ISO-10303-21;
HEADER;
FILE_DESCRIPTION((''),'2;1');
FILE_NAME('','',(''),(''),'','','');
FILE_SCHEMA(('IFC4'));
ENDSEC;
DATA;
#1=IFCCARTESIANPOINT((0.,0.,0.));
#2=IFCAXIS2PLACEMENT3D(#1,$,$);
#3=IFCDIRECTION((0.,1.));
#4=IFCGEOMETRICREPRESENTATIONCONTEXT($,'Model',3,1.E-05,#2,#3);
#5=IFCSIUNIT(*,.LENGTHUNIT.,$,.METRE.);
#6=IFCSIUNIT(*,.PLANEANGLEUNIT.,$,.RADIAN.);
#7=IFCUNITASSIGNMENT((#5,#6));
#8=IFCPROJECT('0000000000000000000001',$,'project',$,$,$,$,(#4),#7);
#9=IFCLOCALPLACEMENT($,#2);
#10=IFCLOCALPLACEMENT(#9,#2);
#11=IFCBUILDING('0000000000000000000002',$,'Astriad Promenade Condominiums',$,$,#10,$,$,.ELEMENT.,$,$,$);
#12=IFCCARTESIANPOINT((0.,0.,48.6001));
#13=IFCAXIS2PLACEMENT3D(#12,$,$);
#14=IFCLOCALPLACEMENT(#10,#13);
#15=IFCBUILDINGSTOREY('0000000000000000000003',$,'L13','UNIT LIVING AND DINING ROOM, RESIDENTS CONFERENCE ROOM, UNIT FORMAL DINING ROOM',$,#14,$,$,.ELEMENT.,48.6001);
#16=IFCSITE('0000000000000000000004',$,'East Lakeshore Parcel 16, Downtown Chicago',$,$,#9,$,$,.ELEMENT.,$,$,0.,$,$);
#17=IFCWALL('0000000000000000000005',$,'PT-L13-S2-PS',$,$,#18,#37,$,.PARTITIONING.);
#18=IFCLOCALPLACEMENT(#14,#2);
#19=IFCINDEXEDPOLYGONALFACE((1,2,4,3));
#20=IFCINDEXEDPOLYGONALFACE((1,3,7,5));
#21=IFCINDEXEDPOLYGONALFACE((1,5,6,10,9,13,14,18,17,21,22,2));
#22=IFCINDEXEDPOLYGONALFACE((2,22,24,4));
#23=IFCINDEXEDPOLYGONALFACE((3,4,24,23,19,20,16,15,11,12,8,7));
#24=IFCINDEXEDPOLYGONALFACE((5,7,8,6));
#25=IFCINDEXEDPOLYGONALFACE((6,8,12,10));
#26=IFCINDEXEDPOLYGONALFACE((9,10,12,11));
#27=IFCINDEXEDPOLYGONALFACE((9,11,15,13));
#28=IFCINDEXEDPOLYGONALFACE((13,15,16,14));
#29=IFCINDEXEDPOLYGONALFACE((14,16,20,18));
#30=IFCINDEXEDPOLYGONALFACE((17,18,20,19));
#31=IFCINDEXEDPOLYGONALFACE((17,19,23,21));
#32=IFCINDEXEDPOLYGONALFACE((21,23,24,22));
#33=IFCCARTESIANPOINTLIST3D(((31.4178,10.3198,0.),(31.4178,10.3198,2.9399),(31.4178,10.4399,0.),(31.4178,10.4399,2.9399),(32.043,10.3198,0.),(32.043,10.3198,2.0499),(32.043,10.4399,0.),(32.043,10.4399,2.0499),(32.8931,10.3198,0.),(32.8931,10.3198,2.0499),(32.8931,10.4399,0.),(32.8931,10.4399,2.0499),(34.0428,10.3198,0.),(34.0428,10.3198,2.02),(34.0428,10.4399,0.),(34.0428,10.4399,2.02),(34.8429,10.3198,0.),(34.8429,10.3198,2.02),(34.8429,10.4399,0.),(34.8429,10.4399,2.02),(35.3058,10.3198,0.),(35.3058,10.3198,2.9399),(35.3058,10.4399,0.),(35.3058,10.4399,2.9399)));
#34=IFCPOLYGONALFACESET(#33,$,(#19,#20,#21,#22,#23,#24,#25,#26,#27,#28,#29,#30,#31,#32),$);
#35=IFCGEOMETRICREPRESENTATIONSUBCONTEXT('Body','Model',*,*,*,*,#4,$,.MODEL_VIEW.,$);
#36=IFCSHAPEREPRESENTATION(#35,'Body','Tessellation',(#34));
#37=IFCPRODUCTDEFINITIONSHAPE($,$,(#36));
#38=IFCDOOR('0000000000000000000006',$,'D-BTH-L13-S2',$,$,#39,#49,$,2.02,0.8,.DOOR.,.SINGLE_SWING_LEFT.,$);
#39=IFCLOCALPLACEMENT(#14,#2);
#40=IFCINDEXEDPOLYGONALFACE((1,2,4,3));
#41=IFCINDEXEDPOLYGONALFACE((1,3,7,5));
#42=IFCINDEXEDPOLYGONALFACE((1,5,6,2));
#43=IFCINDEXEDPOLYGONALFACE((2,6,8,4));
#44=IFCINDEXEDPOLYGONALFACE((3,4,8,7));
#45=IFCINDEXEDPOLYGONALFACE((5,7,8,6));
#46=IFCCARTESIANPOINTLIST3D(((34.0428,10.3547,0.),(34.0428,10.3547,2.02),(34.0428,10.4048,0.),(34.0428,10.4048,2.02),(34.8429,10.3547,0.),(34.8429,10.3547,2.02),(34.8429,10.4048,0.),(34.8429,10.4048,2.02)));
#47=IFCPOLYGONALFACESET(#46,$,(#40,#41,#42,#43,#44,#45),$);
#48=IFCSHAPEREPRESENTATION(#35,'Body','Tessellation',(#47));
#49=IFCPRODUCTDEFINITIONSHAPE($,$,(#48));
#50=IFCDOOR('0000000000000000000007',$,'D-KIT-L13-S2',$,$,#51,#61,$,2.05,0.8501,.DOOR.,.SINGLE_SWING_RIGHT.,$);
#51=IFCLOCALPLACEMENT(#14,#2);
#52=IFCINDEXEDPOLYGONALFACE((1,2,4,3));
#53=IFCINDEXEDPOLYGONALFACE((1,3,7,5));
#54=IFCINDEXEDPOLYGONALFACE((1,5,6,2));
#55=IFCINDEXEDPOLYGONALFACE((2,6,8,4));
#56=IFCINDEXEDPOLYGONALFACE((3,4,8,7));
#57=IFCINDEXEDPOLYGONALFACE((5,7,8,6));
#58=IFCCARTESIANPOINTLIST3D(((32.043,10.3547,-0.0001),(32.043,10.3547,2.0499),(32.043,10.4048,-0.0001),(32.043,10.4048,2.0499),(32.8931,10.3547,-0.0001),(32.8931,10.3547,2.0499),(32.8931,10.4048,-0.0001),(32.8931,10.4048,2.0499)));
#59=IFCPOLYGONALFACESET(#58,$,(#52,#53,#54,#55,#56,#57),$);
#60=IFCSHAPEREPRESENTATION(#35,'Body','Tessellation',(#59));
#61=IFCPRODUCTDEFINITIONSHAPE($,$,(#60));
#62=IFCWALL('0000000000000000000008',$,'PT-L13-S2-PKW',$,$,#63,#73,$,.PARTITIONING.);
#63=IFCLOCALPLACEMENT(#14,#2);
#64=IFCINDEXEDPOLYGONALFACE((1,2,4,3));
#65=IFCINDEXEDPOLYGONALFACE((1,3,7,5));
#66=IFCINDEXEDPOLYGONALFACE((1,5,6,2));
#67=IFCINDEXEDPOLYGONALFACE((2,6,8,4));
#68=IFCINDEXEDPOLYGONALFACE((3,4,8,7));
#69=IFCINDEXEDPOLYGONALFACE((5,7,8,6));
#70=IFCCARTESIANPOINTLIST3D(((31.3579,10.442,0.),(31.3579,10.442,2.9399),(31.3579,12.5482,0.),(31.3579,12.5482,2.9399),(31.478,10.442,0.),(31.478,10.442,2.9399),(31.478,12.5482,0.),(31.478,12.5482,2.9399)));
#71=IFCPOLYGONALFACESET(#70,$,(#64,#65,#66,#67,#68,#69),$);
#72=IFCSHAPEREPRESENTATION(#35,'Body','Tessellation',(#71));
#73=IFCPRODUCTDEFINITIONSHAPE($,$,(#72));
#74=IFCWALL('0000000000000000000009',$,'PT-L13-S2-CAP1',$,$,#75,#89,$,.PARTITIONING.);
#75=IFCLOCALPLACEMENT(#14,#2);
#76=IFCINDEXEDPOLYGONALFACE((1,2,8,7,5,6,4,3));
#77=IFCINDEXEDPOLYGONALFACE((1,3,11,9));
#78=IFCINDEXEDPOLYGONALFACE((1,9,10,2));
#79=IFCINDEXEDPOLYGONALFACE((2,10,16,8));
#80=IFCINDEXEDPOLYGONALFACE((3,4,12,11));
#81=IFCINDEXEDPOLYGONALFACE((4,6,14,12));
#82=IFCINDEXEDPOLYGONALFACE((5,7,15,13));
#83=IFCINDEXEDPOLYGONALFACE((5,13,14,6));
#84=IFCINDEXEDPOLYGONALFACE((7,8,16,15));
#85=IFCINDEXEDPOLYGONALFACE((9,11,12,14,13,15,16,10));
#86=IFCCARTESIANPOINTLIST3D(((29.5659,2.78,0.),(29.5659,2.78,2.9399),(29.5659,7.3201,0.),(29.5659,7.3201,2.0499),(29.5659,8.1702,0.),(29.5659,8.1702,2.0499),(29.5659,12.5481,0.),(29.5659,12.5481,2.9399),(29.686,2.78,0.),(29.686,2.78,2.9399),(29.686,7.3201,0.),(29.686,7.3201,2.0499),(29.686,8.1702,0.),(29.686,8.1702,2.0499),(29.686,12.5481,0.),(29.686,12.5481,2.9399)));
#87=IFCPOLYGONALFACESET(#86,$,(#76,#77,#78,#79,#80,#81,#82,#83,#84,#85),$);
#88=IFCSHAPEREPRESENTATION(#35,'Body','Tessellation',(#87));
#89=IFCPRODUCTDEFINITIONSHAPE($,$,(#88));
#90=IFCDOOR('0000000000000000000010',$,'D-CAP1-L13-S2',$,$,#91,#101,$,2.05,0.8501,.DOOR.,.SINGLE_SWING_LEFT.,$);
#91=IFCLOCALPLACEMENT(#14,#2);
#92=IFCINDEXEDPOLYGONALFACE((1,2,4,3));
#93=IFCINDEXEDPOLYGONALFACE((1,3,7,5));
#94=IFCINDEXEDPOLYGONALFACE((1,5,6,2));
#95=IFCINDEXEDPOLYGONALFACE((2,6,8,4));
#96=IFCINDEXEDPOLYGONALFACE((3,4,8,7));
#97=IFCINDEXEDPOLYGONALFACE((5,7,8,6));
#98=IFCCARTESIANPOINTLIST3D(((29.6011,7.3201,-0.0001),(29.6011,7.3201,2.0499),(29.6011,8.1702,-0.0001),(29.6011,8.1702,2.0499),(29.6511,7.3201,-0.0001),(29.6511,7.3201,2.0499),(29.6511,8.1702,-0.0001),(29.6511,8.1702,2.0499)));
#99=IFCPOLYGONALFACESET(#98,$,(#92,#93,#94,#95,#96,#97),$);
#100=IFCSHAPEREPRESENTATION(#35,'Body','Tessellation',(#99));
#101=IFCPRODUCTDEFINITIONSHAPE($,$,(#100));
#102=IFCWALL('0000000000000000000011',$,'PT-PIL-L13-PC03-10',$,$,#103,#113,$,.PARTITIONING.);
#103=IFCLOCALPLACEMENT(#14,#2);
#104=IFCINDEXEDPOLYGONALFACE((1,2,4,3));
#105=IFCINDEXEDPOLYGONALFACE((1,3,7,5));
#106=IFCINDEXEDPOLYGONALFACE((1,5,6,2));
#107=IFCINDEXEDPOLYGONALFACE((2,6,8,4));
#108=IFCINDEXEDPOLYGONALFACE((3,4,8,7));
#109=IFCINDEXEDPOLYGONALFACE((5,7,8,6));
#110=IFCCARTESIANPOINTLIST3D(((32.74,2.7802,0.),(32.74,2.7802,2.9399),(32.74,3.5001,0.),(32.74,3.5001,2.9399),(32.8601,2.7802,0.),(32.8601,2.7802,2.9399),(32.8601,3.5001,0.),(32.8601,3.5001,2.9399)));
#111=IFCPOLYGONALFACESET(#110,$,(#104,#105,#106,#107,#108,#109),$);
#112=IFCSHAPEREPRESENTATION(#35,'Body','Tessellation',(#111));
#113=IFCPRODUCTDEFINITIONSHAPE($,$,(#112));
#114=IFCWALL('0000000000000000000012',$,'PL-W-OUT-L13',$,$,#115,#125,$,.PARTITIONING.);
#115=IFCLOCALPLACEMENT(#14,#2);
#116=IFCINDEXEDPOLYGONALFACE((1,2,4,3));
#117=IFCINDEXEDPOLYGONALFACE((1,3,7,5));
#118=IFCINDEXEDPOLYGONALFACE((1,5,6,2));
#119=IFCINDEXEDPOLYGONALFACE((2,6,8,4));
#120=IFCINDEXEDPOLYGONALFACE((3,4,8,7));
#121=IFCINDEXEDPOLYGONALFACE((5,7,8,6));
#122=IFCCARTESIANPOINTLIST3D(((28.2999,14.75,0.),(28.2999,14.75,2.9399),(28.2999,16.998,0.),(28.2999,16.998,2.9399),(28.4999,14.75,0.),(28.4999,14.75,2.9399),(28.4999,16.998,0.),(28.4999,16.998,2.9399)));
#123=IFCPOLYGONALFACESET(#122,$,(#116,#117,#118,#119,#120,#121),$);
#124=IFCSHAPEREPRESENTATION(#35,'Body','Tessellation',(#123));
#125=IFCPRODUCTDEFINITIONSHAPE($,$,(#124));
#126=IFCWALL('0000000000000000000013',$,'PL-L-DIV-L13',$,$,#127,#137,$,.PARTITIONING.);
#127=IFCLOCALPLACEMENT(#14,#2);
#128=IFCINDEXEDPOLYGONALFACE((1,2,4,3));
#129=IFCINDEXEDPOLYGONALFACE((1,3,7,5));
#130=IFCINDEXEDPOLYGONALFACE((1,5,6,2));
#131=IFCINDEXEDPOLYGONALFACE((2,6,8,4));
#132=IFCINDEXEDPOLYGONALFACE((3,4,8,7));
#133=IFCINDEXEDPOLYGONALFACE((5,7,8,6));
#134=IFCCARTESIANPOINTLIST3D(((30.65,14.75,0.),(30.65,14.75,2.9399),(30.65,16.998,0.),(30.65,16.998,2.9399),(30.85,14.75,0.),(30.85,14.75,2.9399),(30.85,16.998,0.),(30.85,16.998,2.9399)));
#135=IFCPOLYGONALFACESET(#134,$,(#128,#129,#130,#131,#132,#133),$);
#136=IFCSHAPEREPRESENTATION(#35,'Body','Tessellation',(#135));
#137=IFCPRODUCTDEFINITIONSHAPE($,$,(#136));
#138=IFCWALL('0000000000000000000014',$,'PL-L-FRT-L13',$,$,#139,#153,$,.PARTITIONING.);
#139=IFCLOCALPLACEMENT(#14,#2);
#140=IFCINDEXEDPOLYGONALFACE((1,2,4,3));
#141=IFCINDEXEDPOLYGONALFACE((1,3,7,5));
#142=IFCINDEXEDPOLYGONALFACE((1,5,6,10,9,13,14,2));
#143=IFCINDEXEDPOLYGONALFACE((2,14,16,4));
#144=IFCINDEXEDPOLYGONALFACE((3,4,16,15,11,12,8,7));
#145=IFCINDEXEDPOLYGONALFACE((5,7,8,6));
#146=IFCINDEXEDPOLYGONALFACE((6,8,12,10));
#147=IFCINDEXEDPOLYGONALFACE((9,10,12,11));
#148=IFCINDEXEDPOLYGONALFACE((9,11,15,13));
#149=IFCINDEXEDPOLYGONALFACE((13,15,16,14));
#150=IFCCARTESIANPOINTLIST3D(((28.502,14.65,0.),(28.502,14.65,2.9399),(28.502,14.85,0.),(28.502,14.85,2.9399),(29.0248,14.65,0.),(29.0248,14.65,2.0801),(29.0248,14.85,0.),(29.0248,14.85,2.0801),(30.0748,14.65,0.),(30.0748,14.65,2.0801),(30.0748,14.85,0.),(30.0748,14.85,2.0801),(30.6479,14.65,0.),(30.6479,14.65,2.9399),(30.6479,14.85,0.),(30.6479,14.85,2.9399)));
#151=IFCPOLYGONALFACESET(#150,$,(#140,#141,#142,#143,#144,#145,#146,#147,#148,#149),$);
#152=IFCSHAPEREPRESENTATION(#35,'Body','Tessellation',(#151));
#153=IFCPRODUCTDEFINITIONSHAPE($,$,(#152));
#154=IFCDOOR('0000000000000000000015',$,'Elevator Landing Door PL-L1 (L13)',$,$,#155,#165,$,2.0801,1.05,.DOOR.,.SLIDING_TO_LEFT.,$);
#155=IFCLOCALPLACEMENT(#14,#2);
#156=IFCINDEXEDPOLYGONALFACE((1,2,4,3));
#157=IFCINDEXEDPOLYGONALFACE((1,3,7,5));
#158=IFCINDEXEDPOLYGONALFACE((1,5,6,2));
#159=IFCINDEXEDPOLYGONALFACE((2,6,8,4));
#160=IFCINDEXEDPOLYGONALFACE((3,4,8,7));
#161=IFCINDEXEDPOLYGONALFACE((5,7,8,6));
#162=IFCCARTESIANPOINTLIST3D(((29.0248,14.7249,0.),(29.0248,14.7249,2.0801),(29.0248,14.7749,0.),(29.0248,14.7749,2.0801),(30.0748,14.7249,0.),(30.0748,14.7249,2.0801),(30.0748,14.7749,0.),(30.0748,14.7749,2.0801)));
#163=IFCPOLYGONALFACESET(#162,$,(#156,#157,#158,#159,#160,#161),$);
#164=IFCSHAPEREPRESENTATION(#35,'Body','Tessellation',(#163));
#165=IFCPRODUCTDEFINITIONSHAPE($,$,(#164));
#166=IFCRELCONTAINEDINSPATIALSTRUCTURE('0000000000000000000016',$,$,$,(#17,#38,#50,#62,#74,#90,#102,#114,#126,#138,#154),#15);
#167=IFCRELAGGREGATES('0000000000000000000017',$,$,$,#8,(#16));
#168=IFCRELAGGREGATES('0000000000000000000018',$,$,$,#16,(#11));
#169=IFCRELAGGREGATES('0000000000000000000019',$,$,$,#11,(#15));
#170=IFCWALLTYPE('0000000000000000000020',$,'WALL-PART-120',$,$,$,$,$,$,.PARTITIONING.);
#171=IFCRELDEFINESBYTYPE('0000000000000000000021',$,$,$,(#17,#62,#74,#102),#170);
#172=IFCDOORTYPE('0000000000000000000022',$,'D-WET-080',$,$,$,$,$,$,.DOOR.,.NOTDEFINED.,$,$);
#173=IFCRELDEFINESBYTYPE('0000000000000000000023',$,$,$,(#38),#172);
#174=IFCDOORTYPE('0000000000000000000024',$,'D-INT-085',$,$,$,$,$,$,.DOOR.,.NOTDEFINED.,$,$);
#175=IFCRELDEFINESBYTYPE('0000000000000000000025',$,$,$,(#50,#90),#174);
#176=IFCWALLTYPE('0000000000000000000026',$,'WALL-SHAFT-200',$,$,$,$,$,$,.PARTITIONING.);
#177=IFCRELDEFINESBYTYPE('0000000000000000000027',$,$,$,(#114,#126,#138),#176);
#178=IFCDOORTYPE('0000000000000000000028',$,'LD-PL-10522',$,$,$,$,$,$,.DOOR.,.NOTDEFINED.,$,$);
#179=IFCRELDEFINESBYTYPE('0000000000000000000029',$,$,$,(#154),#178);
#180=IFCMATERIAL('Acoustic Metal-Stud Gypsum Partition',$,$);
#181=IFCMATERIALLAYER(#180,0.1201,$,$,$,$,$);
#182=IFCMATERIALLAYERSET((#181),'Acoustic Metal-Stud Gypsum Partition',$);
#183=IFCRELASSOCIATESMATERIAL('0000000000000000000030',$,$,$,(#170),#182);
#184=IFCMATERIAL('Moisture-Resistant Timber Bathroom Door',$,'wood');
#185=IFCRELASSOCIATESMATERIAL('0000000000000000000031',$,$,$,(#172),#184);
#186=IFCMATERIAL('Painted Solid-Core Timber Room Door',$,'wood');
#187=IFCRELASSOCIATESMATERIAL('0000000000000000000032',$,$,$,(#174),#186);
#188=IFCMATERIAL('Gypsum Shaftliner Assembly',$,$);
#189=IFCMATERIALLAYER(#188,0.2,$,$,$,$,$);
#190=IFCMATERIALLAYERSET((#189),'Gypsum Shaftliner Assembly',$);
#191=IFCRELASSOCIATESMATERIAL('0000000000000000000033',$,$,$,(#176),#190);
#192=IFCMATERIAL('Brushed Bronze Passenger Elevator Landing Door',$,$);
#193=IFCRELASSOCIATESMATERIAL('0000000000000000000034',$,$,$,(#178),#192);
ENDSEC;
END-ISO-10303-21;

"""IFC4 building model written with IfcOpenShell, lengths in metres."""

from ifc_helpers import new_model, si_unit, direction, frame, frame_2d, origin, place, context, subcontext, project, spatial, rectangle, extrude, source, transform, mapped, material, layer, layer_set, type_object, type_shapes, element, fill, save


model = new_model("IFC4")

# Units and contexts
model_context = context("Model", 3, precision=1e-05, world=origin(), true_north=direction((0.0, 1.0)))
body_context = subcontext(model_context, "Body", "Model", "MODEL_VIEW")
ifc_project = project(units=[si_unit("LENGTHUNIT", "METRE"), si_unit("PLANEANGLEUNIT", "RADIAN")], contexts=[model_context])

# Site, building, storey
site_placement = place(None, origin())
site = spatial("IfcSite", under=ifc_project, at=site_placement, Name="East Lakeshore Parcel 16, Downtown Chicago", CompositionType="ELEMENT", RefElevation=0.0)
building_placement = place(site_placement, origin())
building = spatial("IfcBuilding", under=site, at=building_placement, Name="Astriad Promenade Condominiums", CompositionType="ELEMENT")
storey_placement = place(building_placement, frame((0.0, 0.0, 48.6001)))
storey = spatial("IfcBuildingStorey", under=building, at=storey_placement, Name="L13", Description="UNIT LIVING AND DINING ROOM, RESIDENTS CONFERENCE ROOM, UNIT FORMAL DINING ROOM", CompositionType="ELEMENT", Elevation=48.6001)

# Wall, openings, doors
ifc_material_1 = material(Name="Acoustic Metal-Stud Gypsum Partition")
ifc_layer_1 = layer(ifc_material_1, 0.1201)
ifc_layer_set_1 = layer_set([ifc_layer_1], Name="Acoustic Metal-Stud Gypsum Partition")
wall_type_1 = type_object("IfcWallType", Name="WALL-PART-120", PredefinedType="PARTITIONING", material=ifc_layer_set_1)
wall_1_placement = place(storey_placement, frame((31.418, 10.3799, 0.0), z_axis=(0.0, 0.0, 1.0), x_axis=(1.0, 0.0, 0.0)))
wall_1 = element("IfcWall", 1, at=wall_1_placement, inside=storey, type_object=wall_type_1, Name="PT-L13-S2-PS", PredefinedType="PARTITIONING", context=body_context, shape_type="SweptSolid", body=[
    extrude(rectangle(XDim=3.8879, YDim=0.1201, at=frame_2d((1.9438, 0.0))), origin(), (0.0, 0.0, 1.0), 2.9399),
])
opening_1_placement = place(wall_1_placement, frame((0.625, 0.0, 0.0)))
opening_1 = element("IfcOpeningElement", 2, at=opening_1_placement, cuts=wall_1, PredefinedType="OPENING", context=body_context, shape_type="SweptSolid", body=[
    extrude(rectangle(XDim=0.8501, YDim=2.05, at=frame_2d((0.425, 1.0249))), frame((0.0, 0.0701, 0.0), z_axis=(0.0, -1.0, 0.0), x_axis=(1.0, 0.0, 0.0)), (0.0, 0.0, 1.0), 0.1401),
])
opening_2_placement = place(wall_1_placement, frame((2.625, 0.0, 0.0)))
opening_2 = element("IfcOpeningElement", 3, at=opening_2_placement, cuts=wall_1, PredefinedType="OPENING", context=body_context, shape_type="SweptSolid", body=[
    extrude(rectangle(XDim=0.8, YDim=2.02, at=frame_2d((0.3999, 1.01))), frame((0.0, 0.0701, 0.0), z_axis=(0.0, -1.0, 0.0), x_axis=(1.0, 0.0, 0.0)), (0.0, 0.0, 1.0), 0.1401),
])
ifc_material_2 = material(Name="Moisture-Resistant Timber Bathroom Door", Category="wood")
door_type_1 = type_object("IfcDoorType", Name="D-WET-080", OperationType="NOTDEFINED", PredefinedType="DOOR", material=ifc_material_2)
shared_shape_1 = source(origin(), body_context, "Body", "SweptSolid", [
    extrude(rectangle(XDim=0.8, YDim=2.02, at=frame_2d((0.3999, 1.01))), frame((0.0, 0.0249, 0.0), z_axis=(0.0, -1.0, 0.0), x_axis=(1.0, 0.0, 0.0)), (0.0, 0.0, 1.0), 0.05),
])
type_shapes(door_type_1, [shared_shape_1])
door_1_placement = place(opening_2_placement, origin())
door_1 = element("IfcDoor", 4, at=door_1_placement, inside=storey, type_object=door_type_1, Name="D-BTH-L13-S2", OperationType="SINGLE_SWING_LEFT", OverallHeight=2.02, OverallWidth=0.8, PredefinedType="DOOR", context=body_context, shape_type="MappedRepresentation", body=[
    mapped(shared_shape_1, transform((0.0, 0.0, 0.0), scale=1.0)),
])
fill(opening_2, door_1)
ifc_material_3 = material(Name="Painted Solid-Core Timber Room Door", Category="wood")
door_type_2 = type_object("IfcDoorType", Name="D-INT-085", OperationType="NOTDEFINED", PredefinedType="DOOR", material=ifc_material_3)
shared_shape_2 = source(origin(), body_context, "Body", "SweptSolid", [
    extrude(rectangle(XDim=0.8501, YDim=2.05, at=frame_2d((0.425, 1.0249))), frame((0.0, 0.0249, 0.0), z_axis=(0.0, -1.0, 0.0), x_axis=(1.0, 0.0, 0.0)), (0.0, 0.0, 1.0), 0.05),
])
type_shapes(door_type_2, [shared_shape_2])
door_2_placement = place(opening_1_placement, origin())
door_2 = element("IfcDoor", 5, at=door_2_placement, inside=storey, type_object=door_type_2, Name="D-KIT-L13-S2", OperationType="SINGLE_SWING_RIGHT", OverallHeight=2.05, OverallWidth=0.8501, PredefinedType="DOOR", context=body_context, shape_type="MappedRepresentation", body=[
    mapped(shared_shape_2, transform((0.0, 0.0, 0.0), scale=1.0)),
])
fill(opening_1, door_2)

# Wall
wall_2_placement = place(storey_placement, frame((31.418, 10.4419, 0.0), z_axis=(0.0, 0.0, 1.0), x_axis=(0.0, 1.0, 0.0)))
element("IfcWall", 6, at=wall_2_placement, inside=storey, type_object=wall_type_1, Name="PT-L13-S2-PKW", PredefinedType="PARTITIONING", context=body_context, shape_type="SweptSolid", body=[
    extrude(rectangle(XDim=2.1062, YDim=0.1201, at=frame_2d((1.0532, 0.0))), origin(), (0.0, 0.0, 1.0), 2.9399),
])

# Wall, opening, door
wall_3_placement = place(storey_placement, frame((29.626, 2.78, 0.0), z_axis=(0.0, 0.0, 1.0), x_axis=(0.0, 1.0, 0.0)))
wall_3 = element("IfcWall", 7, at=wall_3_placement, inside=storey, type_object=wall_type_1, Name="PT-L13-S2-CAP1", PredefinedType="PARTITIONING", context=body_context, shape_type="SweptSolid", body=[
    extrude(rectangle(XDim=9.7681, YDim=0.1201, at=frame_2d((4.884, 0.0))), origin(), (0.0, 0.0, 1.0), 2.9399),
])
opening_3_placement = place(wall_3_placement, frame((4.54, 0.0, 0.0)))
opening_3 = element("IfcOpeningElement", 8, at=opening_3_placement, cuts=wall_3, PredefinedType="OPENING", context=body_context, shape_type="SweptSolid", body=[
    extrude(rectangle(XDim=0.8501, YDim=2.05, at=frame_2d((0.425, 1.0249))), frame((0.0, 0.0701, 0.0), z_axis=(0.0, -1.0, 0.0), x_axis=(1.0, 0.0, 0.0)), (0.0, 0.0, 1.0), 0.1401),
])
door_3_placement = place(opening_3_placement, origin())
door_3 = element("IfcDoor", 9, at=door_3_placement, inside=storey, type_object=door_type_2, Name="D-CAP1-L13-S2", OperationType="SINGLE_SWING_LEFT", OverallHeight=2.05, OverallWidth=0.8501, PredefinedType="DOOR", context=body_context, shape_type="MappedRepresentation", body=[
    mapped(shared_shape_2, transform((0.0, 0.0, 0.0), scale=1.0)),
])
fill(opening_3, door_3)

# Walls
wall_4_placement = place(storey_placement, frame((32.8, 3.5, 0.0), z_axis=(0.0, 0.0, 1.0), x_axis=(0.0, -1.0, 0.0)))
element("IfcWall", 10, at=wall_4_placement, inside=storey, type_object=wall_type_1, Name="PT-PIL-L13-PC03-10", PredefinedType="PARTITIONING", context=body_context, shape_type="SweptSolid", body=[
    extrude(rectangle(XDim=0.72, YDim=0.1201, at=frame_2d((0.3599, 0.0))), origin(), (0.0, 0.0, 1.0), 2.9399),
])
ifc_material_4 = material(Name="Gypsum Shaftliner Assembly")
ifc_layer_2 = layer(ifc_material_4, 0.2)
ifc_layer_set_2 = layer_set([ifc_layer_2], Name="Gypsum Shaftliner Assembly")
wall_type_2 = type_object("IfcWallType", Name="WALL-SHAFT-200", PredefinedType="PARTITIONING", material=ifc_layer_set_2)
for number, where, z_axis, x_axis, name in (
    (11, (28.3999, 14.75, 0.0), (0.0, 0.0, 1.0), (0.0, 1.0, 0.0), "PL-W-OUT-L13"),
    (12, (30.75, 14.75, 0.0), (0.0, 0.0, 1.0), (0.0, 1.0, 0.0), "PL-L-DIV-L13"),
):
    element("IfcWall", number, at=place(storey_placement, frame(where, z_axis=z_axis, x_axis=x_axis)), inside=storey, type_object=wall_type_2, Name=name, PredefinedType="PARTITIONING", context=body_context, shape_type="SweptSolid", body=[
        extrude(rectangle(XDim=2.248, YDim=0.2, at=frame_2d((1.124, 0.0))), origin(), (0.0, 0.0, 1.0), 2.9399),
    ])

# Wall, opening, door
wall_5_placement = place(storey_placement, frame((28.502, 14.75, 0.0), z_axis=(0.0, 0.0, 1.0), x_axis=(1.0, 0.0, 0.0)))
wall_5 = element("IfcWall", 13, at=wall_5_placement, inside=storey, type_object=wall_type_2, Name="PL-L-FRT-L13", PredefinedType="PARTITIONING", context=body_context, shape_type="SweptSolid", body=[
    extrude(rectangle(XDim=2.146, YDim=0.2, at=frame_2d((1.073, 0.0))), origin(), (0.0, 0.0, 1.0), 2.9399),
])
opening_4_placement = place(wall_5_placement, frame((0.5229, 0.0, 0.0)))
opening_4 = element("IfcOpeningElement", 14, at=opening_4_placement, cuts=wall_5, PredefinedType="OPENING", context=body_context, shape_type="SweptSolid", body=[
    extrude(rectangle(XDim=1.05, YDim=2.0801, at=frame_2d((0.5249, 1.04))), frame((0.0, 0.1099, 0.0), z_axis=(0.0, -1.0, 0.0), x_axis=(1.0, 0.0, 0.0)), (0.0, 0.0, 1.0), 0.22),
])
ifc_material_5 = material(Name="Brushed Bronze Passenger Elevator Landing Door")
door_type_3 = type_object("IfcDoorType", Name="LD-PL-10522", OperationType="NOTDEFINED", PredefinedType="DOOR", material=ifc_material_5)
shared_shape_3 = source(origin(), body_context, "Body", "SweptSolid", [
    extrude(rectangle(XDim=1.05, YDim=2.0801, at=frame_2d((0.5249, 1.04))), frame((0.0, 0.0249, 0.0), z_axis=(0.0, -1.0, 0.0), x_axis=(1.0, 0.0, 0.0)), (0.0, 0.0, 1.0), 0.05),
])
type_shapes(door_type_3, [shared_shape_3])
door_4_placement = place(opening_4_placement, origin())
door_4 = element("IfcDoor", 15, at=door_4_placement, inside=storey, type_object=door_type_3, Name="Elevator Landing Door PL-L1 (L13)", OperationType="SLIDING_TO_LEFT", OverallHeight=2.0801, OverallWidth=1.05, PredefinedType="DOOR", context=body_context, shape_type="MappedRepresentation", body=[
    mapped(shared_shape_3, transform((0.0, 0.0, 0.0), scale=1.0)),
])
fill(opening_4, door_4)

save(model, "model.ifc")
